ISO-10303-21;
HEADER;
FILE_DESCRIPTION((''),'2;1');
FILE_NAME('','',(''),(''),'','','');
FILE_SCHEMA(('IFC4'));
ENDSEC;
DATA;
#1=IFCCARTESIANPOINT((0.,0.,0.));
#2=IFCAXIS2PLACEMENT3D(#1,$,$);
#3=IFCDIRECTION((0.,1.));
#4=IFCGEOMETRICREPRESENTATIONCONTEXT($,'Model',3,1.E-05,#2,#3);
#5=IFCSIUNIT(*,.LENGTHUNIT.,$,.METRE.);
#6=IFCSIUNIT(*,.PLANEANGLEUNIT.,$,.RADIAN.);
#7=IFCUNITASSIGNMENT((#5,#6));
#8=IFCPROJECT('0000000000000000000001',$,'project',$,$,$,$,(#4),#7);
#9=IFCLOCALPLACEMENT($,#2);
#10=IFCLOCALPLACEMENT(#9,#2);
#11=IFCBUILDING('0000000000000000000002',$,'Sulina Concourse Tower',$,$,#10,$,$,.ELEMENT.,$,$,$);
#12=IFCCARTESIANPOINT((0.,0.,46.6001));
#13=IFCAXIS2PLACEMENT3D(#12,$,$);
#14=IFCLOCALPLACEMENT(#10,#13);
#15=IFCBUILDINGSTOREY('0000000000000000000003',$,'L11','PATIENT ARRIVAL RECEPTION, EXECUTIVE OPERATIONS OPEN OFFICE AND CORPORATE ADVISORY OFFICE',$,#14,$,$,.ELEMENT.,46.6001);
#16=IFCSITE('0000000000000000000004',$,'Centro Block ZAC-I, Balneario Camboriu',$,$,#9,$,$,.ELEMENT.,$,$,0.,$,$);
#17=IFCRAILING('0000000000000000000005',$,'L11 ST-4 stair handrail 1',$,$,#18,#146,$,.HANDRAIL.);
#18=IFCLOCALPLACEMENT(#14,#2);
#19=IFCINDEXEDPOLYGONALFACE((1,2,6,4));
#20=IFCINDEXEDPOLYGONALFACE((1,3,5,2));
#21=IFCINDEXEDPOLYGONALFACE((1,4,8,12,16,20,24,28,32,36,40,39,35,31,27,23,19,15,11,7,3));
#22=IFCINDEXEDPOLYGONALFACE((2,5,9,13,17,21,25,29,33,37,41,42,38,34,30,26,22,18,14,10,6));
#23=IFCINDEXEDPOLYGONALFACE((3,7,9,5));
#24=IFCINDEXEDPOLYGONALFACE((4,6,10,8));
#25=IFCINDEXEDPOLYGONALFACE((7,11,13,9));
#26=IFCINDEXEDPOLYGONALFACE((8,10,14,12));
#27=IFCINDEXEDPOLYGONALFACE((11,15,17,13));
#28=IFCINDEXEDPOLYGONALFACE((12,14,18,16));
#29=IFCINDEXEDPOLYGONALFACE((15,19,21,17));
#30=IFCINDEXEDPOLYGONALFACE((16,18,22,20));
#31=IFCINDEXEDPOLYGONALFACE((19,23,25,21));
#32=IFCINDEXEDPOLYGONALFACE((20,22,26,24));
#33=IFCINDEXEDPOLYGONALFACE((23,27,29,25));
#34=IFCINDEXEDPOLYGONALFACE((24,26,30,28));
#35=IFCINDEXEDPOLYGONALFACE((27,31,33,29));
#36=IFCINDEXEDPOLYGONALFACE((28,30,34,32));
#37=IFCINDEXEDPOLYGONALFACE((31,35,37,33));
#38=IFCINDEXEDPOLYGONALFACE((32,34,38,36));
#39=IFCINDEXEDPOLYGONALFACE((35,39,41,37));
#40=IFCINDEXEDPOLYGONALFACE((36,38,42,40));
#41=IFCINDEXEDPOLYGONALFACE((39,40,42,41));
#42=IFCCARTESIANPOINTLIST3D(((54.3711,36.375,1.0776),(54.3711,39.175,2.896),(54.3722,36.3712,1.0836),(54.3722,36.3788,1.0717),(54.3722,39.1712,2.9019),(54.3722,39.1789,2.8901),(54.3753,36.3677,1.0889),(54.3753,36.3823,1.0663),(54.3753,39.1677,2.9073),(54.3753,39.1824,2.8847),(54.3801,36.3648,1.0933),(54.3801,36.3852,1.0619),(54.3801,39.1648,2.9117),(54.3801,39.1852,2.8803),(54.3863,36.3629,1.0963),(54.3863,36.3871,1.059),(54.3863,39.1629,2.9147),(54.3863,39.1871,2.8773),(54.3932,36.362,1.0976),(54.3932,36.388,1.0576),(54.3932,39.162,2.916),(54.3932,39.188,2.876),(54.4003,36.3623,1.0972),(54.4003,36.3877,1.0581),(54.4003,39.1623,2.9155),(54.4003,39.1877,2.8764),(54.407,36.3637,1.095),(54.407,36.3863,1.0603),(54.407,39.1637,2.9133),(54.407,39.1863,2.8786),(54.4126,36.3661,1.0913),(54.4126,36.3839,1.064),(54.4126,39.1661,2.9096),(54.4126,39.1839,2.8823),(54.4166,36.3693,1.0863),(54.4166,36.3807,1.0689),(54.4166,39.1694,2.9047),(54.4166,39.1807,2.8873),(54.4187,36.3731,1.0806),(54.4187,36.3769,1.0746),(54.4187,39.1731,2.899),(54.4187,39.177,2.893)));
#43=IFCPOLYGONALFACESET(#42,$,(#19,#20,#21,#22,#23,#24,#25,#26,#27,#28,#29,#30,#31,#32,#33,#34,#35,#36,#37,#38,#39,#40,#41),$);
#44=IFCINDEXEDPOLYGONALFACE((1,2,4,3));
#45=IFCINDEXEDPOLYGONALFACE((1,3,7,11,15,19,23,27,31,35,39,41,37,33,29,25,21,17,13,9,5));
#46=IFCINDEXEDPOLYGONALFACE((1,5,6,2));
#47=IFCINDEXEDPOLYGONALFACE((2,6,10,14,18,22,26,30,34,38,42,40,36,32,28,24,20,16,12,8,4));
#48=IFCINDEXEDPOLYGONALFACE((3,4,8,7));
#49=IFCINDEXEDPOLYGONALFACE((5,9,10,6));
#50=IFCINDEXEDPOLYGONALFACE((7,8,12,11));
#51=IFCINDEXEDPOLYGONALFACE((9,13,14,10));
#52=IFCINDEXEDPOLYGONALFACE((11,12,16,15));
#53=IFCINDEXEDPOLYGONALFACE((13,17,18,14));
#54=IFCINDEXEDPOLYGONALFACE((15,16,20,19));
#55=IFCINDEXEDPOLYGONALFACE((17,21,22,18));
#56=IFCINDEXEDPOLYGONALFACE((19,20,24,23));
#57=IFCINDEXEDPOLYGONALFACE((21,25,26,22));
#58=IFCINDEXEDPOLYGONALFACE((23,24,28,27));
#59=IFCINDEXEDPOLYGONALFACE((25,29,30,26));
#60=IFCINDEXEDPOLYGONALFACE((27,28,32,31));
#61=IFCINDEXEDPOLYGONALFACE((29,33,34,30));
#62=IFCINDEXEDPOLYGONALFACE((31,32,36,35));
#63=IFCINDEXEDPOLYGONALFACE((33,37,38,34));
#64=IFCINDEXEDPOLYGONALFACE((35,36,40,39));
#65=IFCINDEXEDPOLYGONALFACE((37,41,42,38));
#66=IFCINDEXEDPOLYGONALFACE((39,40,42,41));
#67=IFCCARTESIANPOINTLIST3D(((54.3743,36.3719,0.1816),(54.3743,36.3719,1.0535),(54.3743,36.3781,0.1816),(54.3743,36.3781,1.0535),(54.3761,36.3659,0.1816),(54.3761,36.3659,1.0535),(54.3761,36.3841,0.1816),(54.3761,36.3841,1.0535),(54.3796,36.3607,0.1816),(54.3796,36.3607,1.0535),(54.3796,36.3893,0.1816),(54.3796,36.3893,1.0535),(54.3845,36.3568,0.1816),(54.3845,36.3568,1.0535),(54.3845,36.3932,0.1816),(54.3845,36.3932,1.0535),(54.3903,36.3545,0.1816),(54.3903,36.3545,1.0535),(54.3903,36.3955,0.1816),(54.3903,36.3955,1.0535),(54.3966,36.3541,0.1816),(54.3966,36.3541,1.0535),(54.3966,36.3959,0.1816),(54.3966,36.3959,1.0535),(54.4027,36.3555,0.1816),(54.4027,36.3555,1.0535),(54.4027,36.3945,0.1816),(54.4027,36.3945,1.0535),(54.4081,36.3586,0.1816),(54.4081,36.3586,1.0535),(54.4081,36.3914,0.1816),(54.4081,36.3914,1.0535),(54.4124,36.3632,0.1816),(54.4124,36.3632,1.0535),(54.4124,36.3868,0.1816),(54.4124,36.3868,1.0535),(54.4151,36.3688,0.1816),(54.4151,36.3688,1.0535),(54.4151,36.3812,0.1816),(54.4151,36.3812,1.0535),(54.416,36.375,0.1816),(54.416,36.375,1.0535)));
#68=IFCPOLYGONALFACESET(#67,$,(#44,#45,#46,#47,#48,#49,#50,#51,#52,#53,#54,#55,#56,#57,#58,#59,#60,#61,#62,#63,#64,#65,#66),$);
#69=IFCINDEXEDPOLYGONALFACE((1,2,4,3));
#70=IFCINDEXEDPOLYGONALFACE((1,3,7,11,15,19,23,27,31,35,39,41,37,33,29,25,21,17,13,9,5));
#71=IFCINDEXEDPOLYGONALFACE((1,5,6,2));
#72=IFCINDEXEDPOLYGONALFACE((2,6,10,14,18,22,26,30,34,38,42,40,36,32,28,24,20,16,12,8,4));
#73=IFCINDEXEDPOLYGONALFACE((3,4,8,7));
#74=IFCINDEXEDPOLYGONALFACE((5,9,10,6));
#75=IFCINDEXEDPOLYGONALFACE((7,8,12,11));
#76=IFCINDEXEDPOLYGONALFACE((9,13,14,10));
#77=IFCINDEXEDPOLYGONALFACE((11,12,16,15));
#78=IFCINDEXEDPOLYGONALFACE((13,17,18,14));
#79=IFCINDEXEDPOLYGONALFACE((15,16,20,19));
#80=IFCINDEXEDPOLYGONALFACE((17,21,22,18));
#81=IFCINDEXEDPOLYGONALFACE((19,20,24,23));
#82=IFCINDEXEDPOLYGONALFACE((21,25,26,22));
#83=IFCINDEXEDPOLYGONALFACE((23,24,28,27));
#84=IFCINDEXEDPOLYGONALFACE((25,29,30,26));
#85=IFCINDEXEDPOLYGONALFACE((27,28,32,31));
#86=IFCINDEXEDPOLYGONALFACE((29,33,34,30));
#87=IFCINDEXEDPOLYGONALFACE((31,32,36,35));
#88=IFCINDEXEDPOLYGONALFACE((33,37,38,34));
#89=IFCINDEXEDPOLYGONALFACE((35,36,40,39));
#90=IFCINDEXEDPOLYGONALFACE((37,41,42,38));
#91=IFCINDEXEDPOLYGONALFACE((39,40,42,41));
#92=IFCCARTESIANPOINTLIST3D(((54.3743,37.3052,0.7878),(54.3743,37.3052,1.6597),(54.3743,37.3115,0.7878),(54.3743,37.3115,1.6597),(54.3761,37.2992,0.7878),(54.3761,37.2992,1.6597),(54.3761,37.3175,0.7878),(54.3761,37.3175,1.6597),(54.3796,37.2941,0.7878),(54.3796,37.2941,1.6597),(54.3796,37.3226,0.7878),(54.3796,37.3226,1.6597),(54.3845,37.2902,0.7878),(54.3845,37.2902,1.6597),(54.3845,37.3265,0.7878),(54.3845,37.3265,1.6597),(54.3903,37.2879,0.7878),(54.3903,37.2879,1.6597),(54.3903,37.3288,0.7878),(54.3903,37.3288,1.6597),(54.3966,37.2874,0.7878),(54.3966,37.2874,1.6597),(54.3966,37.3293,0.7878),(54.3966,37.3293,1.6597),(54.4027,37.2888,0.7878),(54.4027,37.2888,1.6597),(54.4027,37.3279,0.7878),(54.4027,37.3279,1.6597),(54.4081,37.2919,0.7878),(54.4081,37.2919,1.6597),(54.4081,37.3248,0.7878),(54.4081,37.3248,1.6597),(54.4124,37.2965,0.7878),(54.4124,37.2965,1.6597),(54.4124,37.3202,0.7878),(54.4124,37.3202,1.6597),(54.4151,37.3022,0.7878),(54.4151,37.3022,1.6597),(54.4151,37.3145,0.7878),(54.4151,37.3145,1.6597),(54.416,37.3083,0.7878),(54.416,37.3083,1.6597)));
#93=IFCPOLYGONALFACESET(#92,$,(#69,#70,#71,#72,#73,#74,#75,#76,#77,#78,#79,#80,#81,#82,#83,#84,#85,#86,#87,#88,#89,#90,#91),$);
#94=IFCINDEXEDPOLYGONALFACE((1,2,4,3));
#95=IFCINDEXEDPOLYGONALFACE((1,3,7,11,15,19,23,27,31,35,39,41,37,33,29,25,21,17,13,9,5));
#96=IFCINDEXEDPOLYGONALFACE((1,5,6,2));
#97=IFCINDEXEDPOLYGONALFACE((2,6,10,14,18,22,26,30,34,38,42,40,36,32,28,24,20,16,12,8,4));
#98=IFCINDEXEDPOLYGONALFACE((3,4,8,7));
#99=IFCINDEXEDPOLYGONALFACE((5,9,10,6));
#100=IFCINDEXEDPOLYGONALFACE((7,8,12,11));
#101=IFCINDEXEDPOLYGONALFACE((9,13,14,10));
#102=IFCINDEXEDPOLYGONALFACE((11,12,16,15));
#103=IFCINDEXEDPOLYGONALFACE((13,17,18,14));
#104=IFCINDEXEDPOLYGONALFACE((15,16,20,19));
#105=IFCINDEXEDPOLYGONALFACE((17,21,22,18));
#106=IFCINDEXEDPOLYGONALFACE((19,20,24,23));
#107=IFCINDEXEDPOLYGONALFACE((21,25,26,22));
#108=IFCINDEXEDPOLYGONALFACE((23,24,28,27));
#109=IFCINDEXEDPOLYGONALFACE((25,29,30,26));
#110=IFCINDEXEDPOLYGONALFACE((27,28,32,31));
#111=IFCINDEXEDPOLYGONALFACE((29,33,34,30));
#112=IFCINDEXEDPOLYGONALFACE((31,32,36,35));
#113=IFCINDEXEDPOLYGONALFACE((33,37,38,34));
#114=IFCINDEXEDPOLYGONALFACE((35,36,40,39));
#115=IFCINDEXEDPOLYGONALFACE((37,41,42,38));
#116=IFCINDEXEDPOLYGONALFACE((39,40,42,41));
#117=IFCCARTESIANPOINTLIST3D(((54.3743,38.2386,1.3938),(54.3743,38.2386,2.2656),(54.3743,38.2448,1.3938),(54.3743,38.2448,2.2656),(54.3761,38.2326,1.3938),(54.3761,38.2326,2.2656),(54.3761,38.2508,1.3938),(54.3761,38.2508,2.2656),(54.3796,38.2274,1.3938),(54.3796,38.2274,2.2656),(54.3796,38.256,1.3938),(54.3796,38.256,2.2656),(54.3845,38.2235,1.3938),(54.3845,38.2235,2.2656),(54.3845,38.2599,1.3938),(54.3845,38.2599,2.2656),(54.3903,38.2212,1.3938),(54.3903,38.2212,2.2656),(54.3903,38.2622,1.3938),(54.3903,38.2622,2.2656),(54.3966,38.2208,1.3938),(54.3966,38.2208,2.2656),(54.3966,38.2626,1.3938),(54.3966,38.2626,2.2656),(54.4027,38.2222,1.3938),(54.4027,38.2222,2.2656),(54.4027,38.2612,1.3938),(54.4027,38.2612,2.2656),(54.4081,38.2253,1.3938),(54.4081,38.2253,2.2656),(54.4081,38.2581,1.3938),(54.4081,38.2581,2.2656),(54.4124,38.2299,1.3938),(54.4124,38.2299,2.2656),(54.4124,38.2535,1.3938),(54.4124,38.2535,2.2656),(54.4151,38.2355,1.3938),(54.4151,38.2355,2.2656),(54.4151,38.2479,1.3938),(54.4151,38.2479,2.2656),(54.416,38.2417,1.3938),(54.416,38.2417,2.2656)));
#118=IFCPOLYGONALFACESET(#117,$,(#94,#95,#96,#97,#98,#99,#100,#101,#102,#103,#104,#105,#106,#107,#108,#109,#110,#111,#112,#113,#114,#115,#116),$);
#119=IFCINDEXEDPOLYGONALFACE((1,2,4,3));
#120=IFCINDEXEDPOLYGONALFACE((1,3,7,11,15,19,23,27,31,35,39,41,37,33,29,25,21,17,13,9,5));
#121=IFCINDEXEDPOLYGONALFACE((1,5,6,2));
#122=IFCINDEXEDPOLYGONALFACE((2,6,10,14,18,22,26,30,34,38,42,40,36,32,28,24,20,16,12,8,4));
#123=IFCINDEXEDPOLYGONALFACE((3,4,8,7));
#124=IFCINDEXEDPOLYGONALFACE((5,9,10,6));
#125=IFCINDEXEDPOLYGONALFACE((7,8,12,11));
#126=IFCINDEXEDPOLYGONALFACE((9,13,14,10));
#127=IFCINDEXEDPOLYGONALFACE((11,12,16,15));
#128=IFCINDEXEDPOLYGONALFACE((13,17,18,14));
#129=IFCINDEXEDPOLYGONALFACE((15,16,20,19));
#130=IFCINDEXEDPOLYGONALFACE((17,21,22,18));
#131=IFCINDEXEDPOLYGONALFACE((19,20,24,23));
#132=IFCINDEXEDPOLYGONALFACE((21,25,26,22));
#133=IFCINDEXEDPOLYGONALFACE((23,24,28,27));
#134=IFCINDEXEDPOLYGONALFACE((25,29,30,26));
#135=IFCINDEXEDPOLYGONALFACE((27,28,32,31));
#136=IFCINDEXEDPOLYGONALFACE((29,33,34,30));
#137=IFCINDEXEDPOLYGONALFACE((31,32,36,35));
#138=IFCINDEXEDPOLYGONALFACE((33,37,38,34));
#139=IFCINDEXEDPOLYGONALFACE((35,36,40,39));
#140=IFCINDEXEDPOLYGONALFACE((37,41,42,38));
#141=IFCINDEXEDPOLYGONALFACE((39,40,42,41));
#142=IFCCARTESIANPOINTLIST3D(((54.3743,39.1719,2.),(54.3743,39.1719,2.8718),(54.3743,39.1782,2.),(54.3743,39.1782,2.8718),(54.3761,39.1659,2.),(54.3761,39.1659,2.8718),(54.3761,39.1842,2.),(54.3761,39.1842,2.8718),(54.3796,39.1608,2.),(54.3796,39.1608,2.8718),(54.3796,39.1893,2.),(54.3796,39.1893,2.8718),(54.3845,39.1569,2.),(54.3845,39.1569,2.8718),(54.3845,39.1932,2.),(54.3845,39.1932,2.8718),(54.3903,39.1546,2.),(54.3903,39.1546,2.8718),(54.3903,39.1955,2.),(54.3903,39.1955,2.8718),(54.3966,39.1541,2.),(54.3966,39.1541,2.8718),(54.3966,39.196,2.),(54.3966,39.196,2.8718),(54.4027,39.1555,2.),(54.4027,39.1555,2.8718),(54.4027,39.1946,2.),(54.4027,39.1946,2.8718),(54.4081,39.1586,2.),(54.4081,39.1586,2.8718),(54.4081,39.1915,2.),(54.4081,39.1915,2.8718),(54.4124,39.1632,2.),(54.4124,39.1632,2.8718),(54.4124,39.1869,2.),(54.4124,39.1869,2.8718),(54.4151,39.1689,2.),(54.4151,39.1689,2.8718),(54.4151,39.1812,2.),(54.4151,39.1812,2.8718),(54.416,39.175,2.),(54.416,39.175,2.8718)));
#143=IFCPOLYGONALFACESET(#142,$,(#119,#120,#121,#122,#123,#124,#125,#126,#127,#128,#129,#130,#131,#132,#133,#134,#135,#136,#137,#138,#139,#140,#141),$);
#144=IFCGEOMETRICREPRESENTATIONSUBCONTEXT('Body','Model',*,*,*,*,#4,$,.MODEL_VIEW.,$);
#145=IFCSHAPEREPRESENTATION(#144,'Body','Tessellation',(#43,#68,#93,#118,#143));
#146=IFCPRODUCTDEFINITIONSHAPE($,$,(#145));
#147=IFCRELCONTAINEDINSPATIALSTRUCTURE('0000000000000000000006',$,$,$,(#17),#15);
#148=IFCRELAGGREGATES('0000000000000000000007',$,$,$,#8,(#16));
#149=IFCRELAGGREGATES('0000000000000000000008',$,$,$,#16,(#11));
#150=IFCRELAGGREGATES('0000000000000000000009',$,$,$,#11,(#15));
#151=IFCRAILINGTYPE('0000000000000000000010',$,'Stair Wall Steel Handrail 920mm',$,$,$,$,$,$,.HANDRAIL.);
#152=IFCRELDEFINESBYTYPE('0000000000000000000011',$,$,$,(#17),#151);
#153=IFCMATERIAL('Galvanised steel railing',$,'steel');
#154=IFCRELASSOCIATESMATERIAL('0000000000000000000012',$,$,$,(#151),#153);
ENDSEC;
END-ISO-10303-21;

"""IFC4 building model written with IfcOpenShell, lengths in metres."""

from ifc_helpers import new_model, si_unit, direction, frame, origin, origin_2d, place, context, subcontext, project, spatial, circle, extrude, material, type_object, element, save


model = new_model("IFC4")

# Units and contexts
model_context = context("Model", 3, precision=1e-05, world=origin(), true_north=direction((0.0, 1.0)))
body_context = subcontext(model_context, "Body", "Model", "MODEL_VIEW")
ifc_project = project(units=[si_unit("LENGTHUNIT", "METRE"), si_unit("PLANEANGLEUNIT", "RADIAN")], contexts=[model_context])

# Site, building, storey
site_placement = place(None, origin())
site = spatial("IfcSite", under=ifc_project, at=site_placement, Name="Centro Block ZAC-I, Balneario Camboriu", CompositionType="ELEMENT", RefElevation=0.0)
building_placement = place(site_placement, origin())
building = spatial("IfcBuilding", under=site, at=building_placement, Name="Sulina Concourse Tower", CompositionType="ELEMENT")
storey_placement = place(building_placement, frame((0.0, 0.0, 46.6001)))
storey = spatial("IfcBuildingStorey", under=building, at=storey_placement, Name="L11", Description="PATIENT ARRIVAL RECEPTION, EXECUTIVE OPERATIONS OPEN OFFICE AND CORPORATE ADVISORY OFFICE", CompositionType="ELEMENT", Elevation=46.6001)

# Railing
ifc_material_1 = material(Name="Galvanised steel railing", Category="steel")
railing_type_1 = type_object("IfcRailingType", Name="Stair Wall Steel Handrail 920mm", PredefinedType="HANDRAIL", material=ifc_material_1)
railing_1_placement = place(storey_placement, frame((54.395, 36.375, 0.1816)))
element("IfcRailing", 1, at=railing_1_placement, inside=storey, type_object=railing_type_1, Name="L11 ST-4 stair handrail 1", PredefinedType="HANDRAIL", context=body_context, shape_type="SweptSolid", body=[
    extrude(circle(Radius=0.0239, at=origin_2d()), frame((0.0, 0.0, 0.896), z_axis=(0.0, 0.838672, 0.544636), x_axis=(-1.0, 0.0, 0.0)), (0.0, 0.0, 1.0), 3.3386),
    extrude(circle(Radius=0.021, at=origin_2d()), origin(), (0.0, 0.0, 1.0), 0.8718),
    extrude(circle(Radius=0.021, at=origin_2d()), frame((0.0, 0.9333, 0.6062)), (0.0, 0.0, 1.0), 0.8718),
    extrude(circle(Radius=0.021, at=origin_2d()), frame((0.0, 1.8667, 1.2122)), (0.0, 0.0, 1.0), 0.8718),
    extrude(circle(Radius=0.021, at=origin_2d()), frame((0.0, 2.8, 1.8184)), (0.0, 0.0, 1.0), 0.8718),
])

save(model, "model.ifc")
